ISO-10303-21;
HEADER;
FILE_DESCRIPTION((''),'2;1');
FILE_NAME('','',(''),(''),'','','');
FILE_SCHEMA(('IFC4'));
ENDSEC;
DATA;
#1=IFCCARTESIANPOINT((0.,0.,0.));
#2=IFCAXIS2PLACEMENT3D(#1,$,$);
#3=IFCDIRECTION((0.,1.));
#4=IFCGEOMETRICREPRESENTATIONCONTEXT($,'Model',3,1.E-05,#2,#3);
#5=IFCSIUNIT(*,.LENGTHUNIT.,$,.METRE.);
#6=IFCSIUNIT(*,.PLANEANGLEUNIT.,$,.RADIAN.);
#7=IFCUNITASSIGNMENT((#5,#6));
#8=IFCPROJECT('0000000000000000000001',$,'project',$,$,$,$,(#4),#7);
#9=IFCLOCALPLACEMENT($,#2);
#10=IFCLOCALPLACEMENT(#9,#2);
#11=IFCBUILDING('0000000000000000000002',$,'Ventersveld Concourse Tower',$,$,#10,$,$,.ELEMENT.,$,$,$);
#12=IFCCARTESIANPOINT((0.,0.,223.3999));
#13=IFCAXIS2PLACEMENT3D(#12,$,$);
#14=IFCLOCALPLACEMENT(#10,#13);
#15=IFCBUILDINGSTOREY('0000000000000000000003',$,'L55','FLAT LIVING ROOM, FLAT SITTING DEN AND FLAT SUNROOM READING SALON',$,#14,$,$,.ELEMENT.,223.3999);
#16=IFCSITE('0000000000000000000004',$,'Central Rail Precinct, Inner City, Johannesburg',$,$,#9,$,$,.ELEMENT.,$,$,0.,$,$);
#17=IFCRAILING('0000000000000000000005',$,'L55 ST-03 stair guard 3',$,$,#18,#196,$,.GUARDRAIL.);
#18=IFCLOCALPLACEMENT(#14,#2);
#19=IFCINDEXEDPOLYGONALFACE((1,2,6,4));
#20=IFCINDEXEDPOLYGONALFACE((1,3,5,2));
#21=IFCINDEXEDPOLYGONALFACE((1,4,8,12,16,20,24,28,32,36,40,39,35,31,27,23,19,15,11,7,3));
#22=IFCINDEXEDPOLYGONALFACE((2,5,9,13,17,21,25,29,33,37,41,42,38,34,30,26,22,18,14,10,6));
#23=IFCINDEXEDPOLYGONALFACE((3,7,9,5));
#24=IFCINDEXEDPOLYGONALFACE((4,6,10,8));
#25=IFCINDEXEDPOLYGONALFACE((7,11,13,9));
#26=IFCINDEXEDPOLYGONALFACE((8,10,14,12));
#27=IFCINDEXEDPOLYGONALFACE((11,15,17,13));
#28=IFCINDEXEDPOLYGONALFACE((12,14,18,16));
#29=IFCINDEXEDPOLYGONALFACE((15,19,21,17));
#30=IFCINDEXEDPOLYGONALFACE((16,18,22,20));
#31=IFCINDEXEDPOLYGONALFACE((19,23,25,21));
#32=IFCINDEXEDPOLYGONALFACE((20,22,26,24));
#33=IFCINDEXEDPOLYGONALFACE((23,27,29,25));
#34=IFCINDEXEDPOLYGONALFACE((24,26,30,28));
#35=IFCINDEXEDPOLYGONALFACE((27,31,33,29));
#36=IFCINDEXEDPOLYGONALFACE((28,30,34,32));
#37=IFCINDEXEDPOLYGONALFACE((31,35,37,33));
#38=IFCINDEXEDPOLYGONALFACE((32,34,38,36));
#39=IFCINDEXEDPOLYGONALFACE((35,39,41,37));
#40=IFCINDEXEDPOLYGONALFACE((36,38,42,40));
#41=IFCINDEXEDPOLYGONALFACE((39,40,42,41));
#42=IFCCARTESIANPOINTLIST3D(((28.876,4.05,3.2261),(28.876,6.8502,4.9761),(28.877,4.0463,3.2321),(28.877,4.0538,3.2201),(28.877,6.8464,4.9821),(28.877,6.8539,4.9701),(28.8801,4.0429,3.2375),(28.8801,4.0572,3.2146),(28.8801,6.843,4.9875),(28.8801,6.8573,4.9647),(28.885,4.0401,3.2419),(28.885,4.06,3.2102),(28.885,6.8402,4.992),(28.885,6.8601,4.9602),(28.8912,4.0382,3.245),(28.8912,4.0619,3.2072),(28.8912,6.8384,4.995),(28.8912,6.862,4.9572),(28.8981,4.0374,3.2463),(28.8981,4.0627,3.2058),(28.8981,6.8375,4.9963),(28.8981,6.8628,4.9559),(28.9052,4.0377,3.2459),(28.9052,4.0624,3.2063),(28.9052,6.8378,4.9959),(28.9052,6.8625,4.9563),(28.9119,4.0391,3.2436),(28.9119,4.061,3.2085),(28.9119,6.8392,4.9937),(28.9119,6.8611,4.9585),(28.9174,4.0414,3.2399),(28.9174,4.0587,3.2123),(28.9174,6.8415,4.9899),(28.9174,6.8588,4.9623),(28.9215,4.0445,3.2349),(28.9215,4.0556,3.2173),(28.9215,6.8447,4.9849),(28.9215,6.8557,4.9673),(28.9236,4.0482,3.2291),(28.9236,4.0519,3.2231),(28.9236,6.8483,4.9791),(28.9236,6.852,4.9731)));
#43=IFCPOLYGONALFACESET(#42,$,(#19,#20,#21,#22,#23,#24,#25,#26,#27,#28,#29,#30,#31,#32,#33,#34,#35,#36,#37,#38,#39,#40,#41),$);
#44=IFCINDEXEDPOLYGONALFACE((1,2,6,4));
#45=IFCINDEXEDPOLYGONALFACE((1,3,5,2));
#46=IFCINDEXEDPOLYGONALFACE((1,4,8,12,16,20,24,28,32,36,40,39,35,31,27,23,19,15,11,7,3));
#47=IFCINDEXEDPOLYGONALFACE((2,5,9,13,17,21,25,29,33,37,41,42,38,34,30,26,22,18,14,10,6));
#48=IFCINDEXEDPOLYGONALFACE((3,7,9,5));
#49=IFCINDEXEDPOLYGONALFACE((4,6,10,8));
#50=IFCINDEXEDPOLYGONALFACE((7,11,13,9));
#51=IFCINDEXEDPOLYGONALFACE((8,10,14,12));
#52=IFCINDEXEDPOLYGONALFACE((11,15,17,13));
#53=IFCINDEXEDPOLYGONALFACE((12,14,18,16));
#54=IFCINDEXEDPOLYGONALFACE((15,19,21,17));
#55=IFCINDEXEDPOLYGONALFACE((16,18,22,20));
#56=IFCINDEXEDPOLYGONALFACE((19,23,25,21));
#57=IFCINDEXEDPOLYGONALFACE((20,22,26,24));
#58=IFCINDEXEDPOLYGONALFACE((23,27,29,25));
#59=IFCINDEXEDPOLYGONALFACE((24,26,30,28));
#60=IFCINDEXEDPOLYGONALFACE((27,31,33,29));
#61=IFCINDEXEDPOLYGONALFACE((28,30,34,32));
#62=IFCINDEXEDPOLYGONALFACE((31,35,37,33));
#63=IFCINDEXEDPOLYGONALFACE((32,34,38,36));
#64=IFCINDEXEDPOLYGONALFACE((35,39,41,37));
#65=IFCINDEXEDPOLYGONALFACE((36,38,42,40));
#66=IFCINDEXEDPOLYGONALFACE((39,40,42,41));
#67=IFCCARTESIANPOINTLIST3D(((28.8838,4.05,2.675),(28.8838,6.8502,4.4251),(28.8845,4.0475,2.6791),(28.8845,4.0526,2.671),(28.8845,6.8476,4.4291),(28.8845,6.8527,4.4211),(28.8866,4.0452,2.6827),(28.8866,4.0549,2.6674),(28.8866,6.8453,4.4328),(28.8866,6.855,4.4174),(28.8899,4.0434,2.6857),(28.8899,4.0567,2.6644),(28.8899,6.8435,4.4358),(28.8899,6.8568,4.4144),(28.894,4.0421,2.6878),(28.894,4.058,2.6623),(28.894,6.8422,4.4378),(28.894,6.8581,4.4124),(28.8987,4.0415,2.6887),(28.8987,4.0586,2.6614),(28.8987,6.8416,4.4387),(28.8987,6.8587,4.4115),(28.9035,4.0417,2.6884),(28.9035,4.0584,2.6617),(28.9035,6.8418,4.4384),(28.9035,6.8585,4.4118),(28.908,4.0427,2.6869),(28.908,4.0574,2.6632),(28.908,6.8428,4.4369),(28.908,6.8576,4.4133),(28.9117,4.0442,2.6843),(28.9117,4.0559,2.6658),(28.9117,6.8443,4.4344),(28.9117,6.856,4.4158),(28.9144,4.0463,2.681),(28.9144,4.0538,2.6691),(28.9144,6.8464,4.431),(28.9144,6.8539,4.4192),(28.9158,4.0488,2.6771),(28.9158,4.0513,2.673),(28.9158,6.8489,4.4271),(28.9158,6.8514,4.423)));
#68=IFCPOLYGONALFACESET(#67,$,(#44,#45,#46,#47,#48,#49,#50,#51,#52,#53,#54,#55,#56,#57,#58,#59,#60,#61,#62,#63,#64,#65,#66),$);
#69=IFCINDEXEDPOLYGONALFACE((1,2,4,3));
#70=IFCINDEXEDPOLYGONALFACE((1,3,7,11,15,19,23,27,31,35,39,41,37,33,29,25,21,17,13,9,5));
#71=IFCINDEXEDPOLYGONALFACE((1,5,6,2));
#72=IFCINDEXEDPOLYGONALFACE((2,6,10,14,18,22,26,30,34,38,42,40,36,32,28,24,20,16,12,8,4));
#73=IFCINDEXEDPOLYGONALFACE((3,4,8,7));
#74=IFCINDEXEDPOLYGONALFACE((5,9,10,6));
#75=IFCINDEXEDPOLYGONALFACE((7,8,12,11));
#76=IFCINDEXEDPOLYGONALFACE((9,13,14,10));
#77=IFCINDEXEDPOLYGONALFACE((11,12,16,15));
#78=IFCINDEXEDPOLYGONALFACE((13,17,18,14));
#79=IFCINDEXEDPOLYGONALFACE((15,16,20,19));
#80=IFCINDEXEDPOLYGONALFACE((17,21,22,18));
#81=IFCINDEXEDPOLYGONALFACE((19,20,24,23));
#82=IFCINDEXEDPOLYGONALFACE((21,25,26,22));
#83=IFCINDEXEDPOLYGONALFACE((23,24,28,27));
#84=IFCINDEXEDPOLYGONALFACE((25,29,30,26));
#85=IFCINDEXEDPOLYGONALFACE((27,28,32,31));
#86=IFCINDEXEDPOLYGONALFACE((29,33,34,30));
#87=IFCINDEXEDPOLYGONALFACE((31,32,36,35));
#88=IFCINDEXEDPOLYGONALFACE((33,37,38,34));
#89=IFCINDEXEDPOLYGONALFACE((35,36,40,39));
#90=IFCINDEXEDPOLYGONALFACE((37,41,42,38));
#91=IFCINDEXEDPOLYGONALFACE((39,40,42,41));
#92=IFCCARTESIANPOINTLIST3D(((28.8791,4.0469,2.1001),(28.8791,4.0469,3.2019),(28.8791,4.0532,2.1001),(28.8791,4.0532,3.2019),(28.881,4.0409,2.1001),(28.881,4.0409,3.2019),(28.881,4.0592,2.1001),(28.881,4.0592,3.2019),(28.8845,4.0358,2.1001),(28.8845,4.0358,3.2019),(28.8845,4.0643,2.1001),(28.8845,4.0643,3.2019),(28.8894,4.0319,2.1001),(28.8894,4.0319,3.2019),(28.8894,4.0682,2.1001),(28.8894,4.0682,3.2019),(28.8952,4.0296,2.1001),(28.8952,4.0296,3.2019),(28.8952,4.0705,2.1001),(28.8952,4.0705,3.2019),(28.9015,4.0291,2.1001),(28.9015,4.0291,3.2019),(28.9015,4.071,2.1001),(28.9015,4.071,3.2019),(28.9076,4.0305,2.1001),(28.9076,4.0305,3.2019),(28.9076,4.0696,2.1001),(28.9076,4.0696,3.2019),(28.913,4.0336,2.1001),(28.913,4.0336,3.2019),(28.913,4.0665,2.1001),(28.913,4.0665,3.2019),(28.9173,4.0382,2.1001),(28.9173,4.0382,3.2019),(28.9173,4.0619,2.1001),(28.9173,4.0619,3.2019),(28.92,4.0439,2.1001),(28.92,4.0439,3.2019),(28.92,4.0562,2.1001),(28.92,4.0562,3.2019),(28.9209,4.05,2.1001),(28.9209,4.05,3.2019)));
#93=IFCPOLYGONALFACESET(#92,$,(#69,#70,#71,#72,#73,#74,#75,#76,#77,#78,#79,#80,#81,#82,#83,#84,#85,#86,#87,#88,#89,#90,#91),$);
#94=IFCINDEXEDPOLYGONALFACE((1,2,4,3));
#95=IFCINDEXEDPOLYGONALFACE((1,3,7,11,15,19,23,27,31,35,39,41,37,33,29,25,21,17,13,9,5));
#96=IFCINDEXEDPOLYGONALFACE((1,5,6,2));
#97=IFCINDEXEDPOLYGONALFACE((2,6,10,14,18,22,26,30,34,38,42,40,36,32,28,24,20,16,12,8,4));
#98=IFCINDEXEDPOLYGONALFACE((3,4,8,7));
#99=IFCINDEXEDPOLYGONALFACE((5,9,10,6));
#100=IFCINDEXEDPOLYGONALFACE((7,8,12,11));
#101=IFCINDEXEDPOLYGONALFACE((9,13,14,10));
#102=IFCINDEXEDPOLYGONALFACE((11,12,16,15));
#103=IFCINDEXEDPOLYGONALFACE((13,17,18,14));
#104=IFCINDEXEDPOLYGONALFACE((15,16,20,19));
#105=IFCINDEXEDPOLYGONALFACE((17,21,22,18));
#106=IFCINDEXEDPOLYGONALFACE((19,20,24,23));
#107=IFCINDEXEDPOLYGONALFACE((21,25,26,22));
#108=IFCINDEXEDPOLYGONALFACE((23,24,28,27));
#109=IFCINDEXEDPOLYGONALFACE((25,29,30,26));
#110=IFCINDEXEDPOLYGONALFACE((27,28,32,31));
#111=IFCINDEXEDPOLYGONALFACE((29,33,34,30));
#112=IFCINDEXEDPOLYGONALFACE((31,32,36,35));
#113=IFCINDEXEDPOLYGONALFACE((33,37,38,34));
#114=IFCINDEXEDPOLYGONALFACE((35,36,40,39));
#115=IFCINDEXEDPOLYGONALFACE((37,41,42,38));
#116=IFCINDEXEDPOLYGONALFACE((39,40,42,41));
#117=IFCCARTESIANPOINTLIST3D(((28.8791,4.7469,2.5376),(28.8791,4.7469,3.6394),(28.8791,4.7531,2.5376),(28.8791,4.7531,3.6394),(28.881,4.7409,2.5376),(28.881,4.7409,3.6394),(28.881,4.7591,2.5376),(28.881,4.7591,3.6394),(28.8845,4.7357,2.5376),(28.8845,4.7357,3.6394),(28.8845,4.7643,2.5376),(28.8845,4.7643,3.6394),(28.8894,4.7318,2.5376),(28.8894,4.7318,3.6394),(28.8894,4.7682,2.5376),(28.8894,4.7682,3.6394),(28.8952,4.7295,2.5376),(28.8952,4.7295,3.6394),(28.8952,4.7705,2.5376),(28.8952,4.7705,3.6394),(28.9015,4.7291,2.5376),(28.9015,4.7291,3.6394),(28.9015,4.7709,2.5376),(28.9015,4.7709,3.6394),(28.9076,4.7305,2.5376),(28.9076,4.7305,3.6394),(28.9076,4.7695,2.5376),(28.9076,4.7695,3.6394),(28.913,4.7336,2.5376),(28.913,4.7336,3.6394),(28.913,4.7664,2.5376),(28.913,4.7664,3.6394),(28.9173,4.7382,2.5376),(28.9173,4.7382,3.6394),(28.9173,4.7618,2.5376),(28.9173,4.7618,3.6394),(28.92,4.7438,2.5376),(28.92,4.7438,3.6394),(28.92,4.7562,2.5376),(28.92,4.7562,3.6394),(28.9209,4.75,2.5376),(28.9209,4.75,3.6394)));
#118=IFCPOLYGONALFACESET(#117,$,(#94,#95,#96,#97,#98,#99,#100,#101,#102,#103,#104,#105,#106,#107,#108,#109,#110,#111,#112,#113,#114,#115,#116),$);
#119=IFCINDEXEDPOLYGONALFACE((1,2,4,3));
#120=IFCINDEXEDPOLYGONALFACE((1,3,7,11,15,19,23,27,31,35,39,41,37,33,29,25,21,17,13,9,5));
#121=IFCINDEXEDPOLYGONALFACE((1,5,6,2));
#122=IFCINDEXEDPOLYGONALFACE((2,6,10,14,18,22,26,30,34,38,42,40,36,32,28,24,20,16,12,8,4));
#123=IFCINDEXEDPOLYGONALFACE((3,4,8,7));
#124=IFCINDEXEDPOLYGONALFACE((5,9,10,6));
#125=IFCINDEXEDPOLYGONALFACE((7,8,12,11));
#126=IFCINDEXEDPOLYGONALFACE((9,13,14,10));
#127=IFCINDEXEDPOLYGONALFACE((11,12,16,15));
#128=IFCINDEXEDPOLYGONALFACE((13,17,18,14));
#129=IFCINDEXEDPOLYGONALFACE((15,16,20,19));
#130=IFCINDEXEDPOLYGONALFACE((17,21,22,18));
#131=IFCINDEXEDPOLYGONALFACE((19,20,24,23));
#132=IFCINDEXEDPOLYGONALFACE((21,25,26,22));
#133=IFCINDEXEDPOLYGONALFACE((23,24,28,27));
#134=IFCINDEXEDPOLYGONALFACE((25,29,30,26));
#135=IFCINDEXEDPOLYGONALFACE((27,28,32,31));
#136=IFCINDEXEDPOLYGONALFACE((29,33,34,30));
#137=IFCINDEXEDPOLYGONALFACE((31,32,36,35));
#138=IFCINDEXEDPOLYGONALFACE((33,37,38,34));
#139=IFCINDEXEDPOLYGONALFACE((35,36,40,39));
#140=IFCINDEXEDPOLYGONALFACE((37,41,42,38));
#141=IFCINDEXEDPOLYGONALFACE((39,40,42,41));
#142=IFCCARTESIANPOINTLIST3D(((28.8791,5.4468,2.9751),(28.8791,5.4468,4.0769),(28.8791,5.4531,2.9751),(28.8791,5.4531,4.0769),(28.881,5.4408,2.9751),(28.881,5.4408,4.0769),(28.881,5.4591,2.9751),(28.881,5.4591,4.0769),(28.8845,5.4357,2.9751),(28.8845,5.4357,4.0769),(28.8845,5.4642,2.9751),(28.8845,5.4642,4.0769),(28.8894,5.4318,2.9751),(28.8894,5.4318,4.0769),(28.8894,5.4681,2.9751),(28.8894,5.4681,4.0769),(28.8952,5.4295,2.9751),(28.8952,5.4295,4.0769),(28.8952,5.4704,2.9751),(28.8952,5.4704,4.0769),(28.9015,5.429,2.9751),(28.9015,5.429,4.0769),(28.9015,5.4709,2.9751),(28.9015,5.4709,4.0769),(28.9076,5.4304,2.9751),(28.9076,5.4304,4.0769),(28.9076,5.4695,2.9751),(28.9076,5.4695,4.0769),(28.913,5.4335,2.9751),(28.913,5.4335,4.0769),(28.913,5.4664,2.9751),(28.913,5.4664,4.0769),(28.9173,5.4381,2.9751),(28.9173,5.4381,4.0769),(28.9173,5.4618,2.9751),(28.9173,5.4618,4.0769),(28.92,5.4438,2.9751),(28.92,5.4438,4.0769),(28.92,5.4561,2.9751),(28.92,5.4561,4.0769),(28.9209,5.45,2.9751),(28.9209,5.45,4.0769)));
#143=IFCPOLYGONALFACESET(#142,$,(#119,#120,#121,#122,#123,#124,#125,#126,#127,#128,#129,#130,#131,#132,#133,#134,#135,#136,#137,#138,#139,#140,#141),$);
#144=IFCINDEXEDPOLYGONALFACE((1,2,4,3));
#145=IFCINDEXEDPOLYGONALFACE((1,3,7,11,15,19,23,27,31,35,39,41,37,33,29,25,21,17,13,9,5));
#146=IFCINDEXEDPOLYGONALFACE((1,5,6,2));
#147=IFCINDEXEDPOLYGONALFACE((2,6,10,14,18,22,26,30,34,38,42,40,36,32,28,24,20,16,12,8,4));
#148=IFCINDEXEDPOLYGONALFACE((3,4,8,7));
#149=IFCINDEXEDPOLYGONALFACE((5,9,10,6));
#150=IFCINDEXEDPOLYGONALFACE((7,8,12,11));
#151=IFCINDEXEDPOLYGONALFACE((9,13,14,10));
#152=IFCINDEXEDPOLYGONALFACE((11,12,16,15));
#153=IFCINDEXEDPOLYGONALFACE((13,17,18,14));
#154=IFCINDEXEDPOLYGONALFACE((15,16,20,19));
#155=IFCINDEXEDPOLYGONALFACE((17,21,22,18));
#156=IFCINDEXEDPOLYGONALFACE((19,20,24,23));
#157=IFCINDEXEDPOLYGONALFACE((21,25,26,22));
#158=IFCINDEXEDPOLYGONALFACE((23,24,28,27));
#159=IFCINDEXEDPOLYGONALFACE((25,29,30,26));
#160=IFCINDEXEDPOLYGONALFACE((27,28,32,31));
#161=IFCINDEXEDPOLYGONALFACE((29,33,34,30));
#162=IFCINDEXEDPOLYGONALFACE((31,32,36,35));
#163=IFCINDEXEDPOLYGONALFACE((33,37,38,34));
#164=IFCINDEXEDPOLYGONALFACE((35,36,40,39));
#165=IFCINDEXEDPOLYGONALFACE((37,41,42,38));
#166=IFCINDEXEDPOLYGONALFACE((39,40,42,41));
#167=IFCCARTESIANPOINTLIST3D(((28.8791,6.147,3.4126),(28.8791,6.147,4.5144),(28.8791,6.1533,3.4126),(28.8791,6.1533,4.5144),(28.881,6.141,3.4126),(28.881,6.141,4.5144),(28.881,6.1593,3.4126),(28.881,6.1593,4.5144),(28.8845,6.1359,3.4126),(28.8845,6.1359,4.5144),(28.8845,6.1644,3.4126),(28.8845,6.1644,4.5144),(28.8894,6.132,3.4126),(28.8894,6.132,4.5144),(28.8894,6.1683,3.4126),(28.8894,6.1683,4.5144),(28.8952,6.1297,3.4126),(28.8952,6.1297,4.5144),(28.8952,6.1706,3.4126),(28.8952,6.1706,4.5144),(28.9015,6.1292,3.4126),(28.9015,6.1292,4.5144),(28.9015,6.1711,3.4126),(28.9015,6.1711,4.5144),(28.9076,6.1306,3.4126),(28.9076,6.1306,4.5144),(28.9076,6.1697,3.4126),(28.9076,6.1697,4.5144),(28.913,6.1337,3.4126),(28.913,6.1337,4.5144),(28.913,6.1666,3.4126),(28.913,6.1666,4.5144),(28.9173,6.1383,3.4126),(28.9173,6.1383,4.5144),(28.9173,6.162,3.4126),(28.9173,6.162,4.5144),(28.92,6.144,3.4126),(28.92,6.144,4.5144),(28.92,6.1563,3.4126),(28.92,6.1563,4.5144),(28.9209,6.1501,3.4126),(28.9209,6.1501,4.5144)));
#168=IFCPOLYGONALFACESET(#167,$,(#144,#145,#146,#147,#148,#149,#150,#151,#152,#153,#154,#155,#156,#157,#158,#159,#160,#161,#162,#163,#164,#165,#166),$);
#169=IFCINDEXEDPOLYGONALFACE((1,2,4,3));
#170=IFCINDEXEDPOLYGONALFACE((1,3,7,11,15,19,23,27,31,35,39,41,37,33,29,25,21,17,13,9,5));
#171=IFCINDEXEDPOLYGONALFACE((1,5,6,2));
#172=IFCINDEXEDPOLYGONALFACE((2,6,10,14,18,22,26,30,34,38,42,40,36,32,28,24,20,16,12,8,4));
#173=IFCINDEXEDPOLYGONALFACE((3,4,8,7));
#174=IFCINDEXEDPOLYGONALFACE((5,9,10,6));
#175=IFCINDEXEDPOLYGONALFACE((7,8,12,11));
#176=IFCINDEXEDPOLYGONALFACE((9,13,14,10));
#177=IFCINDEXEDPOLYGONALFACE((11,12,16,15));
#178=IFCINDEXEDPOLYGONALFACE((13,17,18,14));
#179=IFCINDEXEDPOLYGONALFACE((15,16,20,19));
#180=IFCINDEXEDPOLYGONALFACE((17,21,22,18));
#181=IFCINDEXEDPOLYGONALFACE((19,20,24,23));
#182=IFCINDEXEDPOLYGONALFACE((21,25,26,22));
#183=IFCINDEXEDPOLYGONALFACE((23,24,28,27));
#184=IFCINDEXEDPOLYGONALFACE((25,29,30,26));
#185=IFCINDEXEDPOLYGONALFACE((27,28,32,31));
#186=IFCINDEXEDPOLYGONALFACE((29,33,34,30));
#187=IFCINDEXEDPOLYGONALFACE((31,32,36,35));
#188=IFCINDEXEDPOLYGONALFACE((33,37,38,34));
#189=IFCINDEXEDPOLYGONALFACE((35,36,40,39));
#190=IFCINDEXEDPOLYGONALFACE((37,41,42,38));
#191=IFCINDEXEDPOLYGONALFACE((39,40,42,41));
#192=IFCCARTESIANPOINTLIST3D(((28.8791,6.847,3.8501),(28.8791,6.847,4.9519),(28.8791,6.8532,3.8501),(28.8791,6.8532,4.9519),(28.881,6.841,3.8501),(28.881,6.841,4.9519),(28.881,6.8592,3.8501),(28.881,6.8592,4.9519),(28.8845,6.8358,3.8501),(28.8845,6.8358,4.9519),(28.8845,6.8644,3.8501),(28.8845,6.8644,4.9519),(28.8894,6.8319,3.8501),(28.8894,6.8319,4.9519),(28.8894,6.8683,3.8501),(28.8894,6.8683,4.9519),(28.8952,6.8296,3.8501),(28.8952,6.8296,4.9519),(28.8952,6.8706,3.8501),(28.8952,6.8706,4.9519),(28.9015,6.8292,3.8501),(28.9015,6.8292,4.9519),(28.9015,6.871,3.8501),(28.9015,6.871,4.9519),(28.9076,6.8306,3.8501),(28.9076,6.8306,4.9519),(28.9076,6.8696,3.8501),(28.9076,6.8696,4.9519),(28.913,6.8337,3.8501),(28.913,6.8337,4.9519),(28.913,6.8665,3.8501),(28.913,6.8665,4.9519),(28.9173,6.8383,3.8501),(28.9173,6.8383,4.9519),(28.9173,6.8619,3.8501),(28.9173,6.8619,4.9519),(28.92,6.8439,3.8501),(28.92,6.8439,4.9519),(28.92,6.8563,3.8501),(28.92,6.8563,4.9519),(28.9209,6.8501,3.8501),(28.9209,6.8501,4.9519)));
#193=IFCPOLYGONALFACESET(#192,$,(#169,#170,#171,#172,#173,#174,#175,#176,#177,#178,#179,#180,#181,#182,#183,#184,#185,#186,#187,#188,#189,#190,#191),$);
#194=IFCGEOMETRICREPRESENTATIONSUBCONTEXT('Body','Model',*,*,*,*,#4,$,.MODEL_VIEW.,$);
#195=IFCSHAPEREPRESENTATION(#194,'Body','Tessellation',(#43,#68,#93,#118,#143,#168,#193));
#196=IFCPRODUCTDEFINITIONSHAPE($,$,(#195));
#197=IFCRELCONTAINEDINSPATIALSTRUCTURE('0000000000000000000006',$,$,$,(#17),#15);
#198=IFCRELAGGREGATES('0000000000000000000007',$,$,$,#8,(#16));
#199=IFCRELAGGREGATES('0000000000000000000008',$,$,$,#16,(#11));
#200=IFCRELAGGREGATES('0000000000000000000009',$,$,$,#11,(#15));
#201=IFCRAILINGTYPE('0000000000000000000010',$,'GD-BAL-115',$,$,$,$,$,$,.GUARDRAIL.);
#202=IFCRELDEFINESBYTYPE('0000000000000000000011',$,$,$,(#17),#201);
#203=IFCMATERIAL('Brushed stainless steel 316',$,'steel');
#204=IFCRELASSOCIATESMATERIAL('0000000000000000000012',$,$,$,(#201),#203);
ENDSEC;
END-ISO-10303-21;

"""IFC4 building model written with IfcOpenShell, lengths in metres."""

from ifc_helpers import new_model, si_unit, direction, frame, origin, origin_2d, place, context, subcontext, project, spatial, circle, extrude, material, type_object, element, save


model = new_model("IFC4")

# Units and contexts
model_context = context("Model", 3, precision=1e-05, world=origin(), true_north=direction((0.0, 1.0)))
body_context = subcontext(model_context, "Body", "Model", "MODEL_VIEW")
ifc_project = project(units=[si_unit("LENGTHUNIT", "METRE"), si_unit("PLANEANGLEUNIT", "RADIAN")], contexts=[model_context])

# Site, building, storey
site_placement = place(None, origin())
site = spatial("IfcSite", under=ifc_project, at=site_placement, Name="Central Rail Precinct, Inner City, Johannesburg", CompositionType="ELEMENT", RefElevation=0.0)
building_placement = place(site_placement, origin())
building = spatial("IfcBuilding", under=site, at=building_placement, Name="Ventersveld Concourse Tower", CompositionType="ELEMENT")
storey_placement = place(building_placement, frame((0.0, 0.0, 223.3999)))
storey = spatial("IfcBuildingStorey", under=building, at=storey_placement, Name="L55", Description="FLAT LIVING ROOM, FLAT SITTING DEN AND FLAT SUNROOM READING SALON", CompositionType="ELEMENT", Elevation=223.3999)

# Shared definitions
ifc_material_1 = material(Name="Brushed stainless steel 316", Category="steel")

# Railing
railing_type = type_object("IfcRailingType", Name="GD-BAL-115", PredefinedType="GUARDRAIL", material=ifc_material_1)
railing_1_placement = place(storey_placement, frame((28.8999, 4.05, 2.1001)))
element("IfcRailing", 1, at=railing_1_placement, inside=storey, type_object=railing_type, Name="L55 ST-03 stair guard 3", PredefinedType="GUARDRAIL", context=body_context, shape_type="SweptSolid", body=[
    extrude(circle(Radius=0.0239, at=origin_2d()), frame((0.0, 0.0, 1.126), z_axis=(0.0, 0.848002, 0.529992), x_axis=(-1.0, 0.0, 0.0)), (0.0, 0.0, 1.0), 3.302),
    extrude(circle(Radius=0.0161, at=origin_2d()), frame((0.0, 0.0, 0.575), z_axis=(0.0, 0.848002, 0.529992), x_axis=(-1.0, 0.0, 0.0)), (0.0, 0.0, 1.0), 3.302),
    extrude(circle(Radius=0.021, at=origin_2d()), origin(), (0.0, 0.0, 1.0), 1.1018),
    extrude(circle(Radius=0.021, at=origin_2d()), frame((0.0, 0.7, 0.4375)), (0.0, 0.0, 1.0), 1.1018),
    extrude(circle(Radius=0.021, at=origin_2d()), frame((0.0, 1.3999, 0.875)), (0.0, 0.0, 1.0), 1.1018),
    extrude(circle(Radius=0.021, at=origin_2d()), frame((0.0, 2.1001, 1.3125)), (0.0, 0.0, 1.0), 1.1018),
    extrude(circle(Radius=0.021, at=origin_2d()), frame((0.0, 2.8, 1.75)), (0.0, 0.0, 1.0), 1.1018),
])

save(model, "model.ifc")
